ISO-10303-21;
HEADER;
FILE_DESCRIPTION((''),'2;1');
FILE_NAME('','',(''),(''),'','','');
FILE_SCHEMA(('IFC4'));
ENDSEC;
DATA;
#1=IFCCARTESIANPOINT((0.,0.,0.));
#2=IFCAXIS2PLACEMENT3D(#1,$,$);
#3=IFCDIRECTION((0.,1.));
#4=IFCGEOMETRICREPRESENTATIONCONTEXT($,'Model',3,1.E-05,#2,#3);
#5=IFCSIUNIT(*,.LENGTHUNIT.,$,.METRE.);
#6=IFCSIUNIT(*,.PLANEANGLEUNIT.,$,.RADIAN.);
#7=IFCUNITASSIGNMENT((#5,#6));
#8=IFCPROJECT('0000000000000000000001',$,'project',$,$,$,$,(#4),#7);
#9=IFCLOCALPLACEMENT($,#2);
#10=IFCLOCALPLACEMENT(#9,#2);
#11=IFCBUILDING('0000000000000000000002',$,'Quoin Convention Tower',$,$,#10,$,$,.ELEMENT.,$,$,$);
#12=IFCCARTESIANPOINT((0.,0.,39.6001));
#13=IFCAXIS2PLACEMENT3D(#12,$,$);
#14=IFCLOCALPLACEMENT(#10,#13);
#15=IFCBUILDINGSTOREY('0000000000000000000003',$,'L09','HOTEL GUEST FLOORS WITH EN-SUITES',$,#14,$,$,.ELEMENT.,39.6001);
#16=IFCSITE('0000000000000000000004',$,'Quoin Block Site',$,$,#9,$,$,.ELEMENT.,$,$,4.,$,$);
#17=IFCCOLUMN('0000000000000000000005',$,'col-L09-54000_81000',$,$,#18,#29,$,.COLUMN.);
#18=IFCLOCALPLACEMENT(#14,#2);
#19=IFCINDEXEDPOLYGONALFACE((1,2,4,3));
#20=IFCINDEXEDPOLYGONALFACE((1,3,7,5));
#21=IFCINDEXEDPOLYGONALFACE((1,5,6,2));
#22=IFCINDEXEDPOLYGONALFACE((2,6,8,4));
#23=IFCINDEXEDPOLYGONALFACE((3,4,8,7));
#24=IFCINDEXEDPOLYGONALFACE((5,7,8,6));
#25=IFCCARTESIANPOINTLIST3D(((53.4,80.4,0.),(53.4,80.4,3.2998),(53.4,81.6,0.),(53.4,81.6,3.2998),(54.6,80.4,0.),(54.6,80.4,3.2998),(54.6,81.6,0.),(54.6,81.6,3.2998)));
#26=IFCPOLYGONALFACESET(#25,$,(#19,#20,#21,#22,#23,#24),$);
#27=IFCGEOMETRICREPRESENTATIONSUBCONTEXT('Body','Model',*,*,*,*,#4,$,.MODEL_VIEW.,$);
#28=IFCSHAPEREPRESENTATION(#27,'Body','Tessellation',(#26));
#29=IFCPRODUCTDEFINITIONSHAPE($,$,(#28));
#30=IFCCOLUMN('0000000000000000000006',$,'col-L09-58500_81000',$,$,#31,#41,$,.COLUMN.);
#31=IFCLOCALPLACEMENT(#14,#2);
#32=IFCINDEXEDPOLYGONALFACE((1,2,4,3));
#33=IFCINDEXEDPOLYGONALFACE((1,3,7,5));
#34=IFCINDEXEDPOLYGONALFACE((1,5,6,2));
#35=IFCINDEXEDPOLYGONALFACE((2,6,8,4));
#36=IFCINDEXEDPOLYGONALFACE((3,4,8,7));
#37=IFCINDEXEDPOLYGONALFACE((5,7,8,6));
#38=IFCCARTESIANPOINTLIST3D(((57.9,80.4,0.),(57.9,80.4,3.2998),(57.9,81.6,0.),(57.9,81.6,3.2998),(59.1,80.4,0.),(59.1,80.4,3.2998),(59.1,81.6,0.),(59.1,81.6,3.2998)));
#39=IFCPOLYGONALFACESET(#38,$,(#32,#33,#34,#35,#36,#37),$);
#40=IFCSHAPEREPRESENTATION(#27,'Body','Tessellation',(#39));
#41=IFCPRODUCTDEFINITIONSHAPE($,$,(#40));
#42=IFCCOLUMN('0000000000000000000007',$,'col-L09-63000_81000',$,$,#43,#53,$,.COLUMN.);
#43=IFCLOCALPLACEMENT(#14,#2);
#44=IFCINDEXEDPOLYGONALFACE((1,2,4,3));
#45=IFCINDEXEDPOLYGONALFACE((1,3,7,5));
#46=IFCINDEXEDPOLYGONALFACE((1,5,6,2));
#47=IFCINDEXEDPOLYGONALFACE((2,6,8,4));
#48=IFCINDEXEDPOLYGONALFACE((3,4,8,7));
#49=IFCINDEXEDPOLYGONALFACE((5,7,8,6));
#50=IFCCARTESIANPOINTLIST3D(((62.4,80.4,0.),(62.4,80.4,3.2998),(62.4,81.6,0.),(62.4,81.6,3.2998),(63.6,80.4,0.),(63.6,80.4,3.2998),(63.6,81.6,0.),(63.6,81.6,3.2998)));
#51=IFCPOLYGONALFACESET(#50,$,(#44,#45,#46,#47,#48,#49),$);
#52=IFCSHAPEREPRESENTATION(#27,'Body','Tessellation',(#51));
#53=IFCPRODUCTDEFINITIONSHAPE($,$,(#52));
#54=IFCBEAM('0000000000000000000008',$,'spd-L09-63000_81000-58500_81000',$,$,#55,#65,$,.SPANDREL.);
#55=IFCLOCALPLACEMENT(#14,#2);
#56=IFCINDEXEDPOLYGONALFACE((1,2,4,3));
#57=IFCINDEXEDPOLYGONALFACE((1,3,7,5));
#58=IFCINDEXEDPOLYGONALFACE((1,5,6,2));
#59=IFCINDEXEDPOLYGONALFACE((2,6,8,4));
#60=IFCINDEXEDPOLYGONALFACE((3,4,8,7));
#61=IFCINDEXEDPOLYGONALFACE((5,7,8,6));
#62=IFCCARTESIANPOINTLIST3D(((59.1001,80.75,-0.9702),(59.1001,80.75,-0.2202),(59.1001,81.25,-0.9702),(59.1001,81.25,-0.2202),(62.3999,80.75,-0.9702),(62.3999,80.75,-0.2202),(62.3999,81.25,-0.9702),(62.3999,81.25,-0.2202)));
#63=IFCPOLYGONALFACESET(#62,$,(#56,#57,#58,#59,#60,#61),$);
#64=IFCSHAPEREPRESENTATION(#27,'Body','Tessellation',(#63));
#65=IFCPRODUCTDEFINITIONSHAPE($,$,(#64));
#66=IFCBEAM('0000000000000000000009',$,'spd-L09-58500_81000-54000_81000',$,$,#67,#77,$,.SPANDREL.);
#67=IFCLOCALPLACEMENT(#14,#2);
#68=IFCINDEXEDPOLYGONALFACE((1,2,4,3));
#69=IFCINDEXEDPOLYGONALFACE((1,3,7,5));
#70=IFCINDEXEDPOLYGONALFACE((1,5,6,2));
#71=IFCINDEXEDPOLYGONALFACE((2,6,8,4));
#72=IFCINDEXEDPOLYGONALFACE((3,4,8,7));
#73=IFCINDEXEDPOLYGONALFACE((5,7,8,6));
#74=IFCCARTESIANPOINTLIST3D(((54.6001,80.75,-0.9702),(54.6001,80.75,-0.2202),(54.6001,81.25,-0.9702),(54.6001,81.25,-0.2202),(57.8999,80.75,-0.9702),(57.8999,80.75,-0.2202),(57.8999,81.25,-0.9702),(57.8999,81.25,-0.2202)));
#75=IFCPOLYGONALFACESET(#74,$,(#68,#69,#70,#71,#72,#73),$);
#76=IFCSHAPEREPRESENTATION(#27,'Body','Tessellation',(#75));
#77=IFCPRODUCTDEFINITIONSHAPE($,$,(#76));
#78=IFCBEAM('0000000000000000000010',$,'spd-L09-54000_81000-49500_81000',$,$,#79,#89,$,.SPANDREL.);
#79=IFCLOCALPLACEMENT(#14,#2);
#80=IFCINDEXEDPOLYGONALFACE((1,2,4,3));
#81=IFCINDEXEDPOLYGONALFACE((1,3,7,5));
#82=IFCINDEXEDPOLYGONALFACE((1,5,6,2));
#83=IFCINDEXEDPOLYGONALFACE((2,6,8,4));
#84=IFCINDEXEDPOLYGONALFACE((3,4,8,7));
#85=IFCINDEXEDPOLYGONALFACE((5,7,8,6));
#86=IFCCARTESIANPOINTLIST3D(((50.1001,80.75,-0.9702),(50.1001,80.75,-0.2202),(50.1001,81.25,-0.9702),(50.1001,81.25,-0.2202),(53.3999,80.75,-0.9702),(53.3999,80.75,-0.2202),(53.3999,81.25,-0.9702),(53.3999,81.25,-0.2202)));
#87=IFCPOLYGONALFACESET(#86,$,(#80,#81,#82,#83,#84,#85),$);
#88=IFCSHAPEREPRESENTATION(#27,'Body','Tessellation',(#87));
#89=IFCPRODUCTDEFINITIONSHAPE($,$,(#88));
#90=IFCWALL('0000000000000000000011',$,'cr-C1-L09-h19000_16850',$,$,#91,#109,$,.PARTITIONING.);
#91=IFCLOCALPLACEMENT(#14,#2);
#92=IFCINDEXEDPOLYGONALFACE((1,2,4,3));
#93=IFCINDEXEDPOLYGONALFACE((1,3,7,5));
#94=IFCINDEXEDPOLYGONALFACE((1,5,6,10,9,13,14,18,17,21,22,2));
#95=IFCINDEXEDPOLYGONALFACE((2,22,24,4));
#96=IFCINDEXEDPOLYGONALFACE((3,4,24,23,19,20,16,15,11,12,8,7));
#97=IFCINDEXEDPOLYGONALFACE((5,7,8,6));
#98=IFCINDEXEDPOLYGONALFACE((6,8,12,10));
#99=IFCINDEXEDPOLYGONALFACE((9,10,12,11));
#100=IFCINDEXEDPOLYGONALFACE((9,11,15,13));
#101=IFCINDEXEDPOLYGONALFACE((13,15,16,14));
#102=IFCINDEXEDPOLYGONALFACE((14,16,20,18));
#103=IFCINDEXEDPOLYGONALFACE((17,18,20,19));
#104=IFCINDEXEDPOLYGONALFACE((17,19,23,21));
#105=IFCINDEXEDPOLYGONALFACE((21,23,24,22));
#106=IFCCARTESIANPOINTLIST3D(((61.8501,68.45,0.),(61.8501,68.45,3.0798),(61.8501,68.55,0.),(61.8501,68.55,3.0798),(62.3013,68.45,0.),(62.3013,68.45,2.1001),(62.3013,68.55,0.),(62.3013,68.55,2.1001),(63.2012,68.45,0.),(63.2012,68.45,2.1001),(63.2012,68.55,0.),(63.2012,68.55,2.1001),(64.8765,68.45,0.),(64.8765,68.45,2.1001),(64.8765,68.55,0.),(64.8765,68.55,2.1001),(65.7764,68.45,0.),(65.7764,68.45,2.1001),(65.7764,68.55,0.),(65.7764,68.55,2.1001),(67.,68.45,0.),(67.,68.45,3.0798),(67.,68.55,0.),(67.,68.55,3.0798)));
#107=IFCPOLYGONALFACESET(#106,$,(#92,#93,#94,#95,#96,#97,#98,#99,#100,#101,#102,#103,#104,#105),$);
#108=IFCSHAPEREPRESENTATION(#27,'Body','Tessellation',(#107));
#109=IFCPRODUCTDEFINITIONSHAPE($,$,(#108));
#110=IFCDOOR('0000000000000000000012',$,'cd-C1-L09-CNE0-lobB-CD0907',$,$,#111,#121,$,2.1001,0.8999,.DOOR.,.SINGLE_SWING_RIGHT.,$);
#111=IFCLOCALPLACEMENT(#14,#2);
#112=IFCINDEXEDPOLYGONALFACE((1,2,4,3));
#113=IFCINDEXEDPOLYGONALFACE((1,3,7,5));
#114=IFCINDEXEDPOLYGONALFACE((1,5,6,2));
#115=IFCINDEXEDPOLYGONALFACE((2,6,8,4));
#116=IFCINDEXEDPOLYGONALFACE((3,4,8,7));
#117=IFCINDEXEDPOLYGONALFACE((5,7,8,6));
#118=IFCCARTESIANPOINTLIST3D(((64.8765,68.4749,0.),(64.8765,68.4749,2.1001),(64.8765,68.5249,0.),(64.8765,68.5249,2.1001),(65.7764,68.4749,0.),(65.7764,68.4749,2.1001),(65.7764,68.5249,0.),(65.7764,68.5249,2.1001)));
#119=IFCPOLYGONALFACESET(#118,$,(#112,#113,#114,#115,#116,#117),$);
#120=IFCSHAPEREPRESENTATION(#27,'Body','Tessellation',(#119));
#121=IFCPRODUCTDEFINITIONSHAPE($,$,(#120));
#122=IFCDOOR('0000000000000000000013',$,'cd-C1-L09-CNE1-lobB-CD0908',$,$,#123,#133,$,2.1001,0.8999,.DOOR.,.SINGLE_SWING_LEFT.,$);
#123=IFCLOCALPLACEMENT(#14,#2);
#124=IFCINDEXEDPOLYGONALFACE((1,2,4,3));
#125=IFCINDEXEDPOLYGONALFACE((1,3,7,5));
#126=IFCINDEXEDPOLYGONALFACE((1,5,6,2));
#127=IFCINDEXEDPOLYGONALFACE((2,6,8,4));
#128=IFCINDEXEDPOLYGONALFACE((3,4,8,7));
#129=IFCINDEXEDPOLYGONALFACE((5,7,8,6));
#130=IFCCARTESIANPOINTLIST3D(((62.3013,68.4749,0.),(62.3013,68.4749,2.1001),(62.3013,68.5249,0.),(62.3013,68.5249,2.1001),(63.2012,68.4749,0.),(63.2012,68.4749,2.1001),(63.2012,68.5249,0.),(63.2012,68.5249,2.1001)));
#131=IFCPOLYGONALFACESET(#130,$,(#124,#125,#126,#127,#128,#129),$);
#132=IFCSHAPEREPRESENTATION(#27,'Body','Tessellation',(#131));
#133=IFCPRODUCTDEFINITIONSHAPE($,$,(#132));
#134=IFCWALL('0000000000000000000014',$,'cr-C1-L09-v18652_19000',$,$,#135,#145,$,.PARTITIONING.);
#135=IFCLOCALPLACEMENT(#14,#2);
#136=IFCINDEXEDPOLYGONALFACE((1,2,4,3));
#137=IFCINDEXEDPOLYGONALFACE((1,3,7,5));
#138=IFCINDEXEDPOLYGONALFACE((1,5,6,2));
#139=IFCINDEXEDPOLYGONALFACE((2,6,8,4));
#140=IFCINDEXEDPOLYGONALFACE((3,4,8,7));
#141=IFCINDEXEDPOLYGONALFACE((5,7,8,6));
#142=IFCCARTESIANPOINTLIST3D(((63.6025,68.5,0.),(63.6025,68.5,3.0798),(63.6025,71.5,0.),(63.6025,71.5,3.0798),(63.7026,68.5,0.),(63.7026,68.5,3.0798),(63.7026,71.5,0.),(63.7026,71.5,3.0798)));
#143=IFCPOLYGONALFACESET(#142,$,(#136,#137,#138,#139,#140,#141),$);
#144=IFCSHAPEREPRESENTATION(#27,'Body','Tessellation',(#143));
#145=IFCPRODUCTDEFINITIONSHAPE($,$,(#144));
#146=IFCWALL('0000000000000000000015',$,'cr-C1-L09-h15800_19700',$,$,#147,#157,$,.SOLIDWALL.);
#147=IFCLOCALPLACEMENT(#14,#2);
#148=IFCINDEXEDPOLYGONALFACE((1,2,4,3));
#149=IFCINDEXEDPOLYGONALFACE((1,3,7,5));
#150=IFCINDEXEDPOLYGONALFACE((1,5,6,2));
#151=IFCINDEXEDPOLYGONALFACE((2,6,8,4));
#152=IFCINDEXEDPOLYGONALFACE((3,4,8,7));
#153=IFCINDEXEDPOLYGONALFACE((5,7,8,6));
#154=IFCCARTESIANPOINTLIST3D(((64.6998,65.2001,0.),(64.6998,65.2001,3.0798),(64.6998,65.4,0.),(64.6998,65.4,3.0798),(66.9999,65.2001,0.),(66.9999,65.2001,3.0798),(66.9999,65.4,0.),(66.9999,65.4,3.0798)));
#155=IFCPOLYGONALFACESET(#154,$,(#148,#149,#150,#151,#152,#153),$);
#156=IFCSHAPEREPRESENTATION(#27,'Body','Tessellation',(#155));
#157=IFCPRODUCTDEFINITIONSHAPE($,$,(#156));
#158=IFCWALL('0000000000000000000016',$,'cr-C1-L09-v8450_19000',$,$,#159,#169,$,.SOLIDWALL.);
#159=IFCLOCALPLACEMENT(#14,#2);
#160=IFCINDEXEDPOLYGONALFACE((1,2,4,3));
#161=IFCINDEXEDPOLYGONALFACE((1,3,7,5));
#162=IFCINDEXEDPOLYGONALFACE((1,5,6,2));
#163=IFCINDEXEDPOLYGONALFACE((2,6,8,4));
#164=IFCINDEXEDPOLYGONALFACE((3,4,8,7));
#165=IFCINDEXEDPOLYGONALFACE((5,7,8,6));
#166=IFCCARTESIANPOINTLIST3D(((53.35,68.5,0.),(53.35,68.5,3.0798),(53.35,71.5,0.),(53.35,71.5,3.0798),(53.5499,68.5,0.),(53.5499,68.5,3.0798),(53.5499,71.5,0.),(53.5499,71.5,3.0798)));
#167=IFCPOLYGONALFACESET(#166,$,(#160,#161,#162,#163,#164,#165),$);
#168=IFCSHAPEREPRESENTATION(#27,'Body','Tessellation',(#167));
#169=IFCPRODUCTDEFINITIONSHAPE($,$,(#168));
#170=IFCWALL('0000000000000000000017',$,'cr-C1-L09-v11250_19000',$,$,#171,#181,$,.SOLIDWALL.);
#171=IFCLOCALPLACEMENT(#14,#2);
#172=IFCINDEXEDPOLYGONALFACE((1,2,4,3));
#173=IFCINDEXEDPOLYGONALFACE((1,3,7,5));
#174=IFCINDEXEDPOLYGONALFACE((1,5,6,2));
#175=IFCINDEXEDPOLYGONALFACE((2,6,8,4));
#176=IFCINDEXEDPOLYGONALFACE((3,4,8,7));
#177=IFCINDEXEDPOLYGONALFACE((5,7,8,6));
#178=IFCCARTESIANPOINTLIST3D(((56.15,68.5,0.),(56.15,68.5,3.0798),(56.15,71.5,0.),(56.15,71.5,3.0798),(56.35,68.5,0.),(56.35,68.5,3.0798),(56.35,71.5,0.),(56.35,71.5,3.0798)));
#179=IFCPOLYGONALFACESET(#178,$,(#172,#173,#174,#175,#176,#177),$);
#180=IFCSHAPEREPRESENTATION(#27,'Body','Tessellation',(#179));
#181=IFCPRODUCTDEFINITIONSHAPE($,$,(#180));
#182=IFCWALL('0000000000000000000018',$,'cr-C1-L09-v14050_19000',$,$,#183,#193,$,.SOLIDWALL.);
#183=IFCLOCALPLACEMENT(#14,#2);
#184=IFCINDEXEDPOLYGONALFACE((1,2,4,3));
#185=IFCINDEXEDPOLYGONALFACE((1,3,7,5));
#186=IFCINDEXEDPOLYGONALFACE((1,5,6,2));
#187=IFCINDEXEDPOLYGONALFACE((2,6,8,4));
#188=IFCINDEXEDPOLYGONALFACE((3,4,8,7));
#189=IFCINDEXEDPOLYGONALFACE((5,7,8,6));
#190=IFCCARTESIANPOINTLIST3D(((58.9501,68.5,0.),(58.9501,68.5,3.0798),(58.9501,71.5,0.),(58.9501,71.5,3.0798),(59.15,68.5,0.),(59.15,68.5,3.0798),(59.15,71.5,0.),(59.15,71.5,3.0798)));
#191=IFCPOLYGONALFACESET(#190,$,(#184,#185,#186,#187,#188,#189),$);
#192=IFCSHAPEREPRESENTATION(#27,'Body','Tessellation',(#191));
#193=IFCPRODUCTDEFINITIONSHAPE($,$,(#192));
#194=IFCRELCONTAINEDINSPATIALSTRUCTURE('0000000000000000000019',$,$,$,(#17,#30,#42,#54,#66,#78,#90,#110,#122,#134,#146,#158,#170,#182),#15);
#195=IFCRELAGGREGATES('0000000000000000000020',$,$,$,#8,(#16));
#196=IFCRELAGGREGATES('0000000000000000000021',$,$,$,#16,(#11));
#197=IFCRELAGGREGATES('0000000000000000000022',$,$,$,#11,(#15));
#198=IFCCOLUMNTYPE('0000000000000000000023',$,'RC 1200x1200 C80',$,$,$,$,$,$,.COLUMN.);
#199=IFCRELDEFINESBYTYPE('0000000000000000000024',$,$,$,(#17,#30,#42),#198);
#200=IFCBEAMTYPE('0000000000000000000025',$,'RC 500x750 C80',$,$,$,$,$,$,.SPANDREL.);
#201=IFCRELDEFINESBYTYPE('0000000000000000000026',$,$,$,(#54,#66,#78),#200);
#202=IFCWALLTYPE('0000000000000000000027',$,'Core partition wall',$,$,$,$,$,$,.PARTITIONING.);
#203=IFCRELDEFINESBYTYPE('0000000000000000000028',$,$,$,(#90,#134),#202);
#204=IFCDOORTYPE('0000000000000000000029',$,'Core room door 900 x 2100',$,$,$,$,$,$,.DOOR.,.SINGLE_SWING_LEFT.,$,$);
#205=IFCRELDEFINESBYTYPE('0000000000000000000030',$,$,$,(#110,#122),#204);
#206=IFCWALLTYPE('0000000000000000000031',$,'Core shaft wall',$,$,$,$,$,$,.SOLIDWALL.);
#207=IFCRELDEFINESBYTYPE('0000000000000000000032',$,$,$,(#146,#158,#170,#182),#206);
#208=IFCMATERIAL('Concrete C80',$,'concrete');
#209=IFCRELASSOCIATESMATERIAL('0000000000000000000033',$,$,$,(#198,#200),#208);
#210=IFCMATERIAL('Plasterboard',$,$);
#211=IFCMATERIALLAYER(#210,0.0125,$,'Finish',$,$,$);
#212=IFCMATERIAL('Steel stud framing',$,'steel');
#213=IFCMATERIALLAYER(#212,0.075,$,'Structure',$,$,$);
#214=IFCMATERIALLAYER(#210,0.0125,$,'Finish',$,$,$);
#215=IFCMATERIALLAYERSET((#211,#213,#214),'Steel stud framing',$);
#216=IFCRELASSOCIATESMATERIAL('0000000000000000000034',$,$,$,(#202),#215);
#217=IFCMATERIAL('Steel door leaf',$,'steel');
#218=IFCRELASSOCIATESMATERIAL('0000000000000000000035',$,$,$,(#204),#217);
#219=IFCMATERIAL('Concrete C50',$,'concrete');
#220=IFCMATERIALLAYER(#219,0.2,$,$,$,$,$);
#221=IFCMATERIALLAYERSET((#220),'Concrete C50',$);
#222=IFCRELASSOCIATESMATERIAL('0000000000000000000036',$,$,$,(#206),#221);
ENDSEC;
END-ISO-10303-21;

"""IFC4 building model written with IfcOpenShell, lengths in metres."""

from ifc_helpers import new_model, si_unit, direction, frame, frame_2d, origin, origin_2d, place, context, subcontext, project, spatial, rectangle, extrude, material, layer, layer_set, material_profile, profile_set, type_object, element, fill, save


model = new_model("IFC4")

# Units and contexts
model_context = context("Model", 3, precision=1e-05, world=origin(), true_north=direction((0.0, 1.0)))
body_context = subcontext(model_context, "Body", "Model", "MODEL_VIEW")
ifc_project = project(units=[si_unit("LENGTHUNIT", "METRE"), si_unit("PLANEANGLEUNIT", "RADIAN")], contexts=[model_context])

# Site, building, storey
site_placement = place(None, origin())
site = spatial("IfcSite", under=ifc_project, at=site_placement, Name="Quoin Block Site", CompositionType="ELEMENT", RefElevation=4.0)
building_placement = place(site_placement, origin())
building = spatial("IfcBuilding", under=site, at=building_placement, Name="Quoin Convention Tower", CompositionType="ELEMENT")
storey_placement = place(building_placement, frame((0.0, 0.0, 39.6001)))
storey = spatial("IfcBuildingStorey", under=building, at=storey_placement, Name="L09", Description="HOTEL GUEST FLOORS WITH EN-SUITES", CompositionType="ELEMENT", Elevation=39.6001)

# Columns
ifc_material_1 = material(Name="Concrete C80", Category="concrete")
ifc_material_profile_1 = material_profile(ifc_material_1, rectangle(XDim=1.2, YDim=1.2, at=origin_2d()), Name="RC 1200x1200")
ifc_profile_set_1 = profile_set([ifc_material_profile_1], Name="Concrete C80")
column_type = type_object("IfcColumnType", Name="RC 1200x1200 C80", PredefinedType="COLUMN", material=ifc_profile_set_1)
for number, where, z_axis, x_axis, name in (
    (1, (54.0, 81.0, 0.0), (0.0, 0.0, 1.0), (1.0, 0.0, 0.0), "col-L09-54000_81000"),
    (2, (58.5, 81.0, 0.0), (0.0, 0.0, 1.0), (1.0, 0.0, 0.0), "col-L09-58500_81000"),
    (3, (63.0, 81.0, 0.0), (0.0, 0.0, 1.0), (1.0, 0.0, 0.0), "col-L09-63000_81000"),
):
    element("IfcColumn", number, at=place(storey_placement, frame(where, z_axis=z_axis, x_axis=x_axis)), inside=storey, type_object=column_type, Name=name, PredefinedType="COLUMN", context=body_context, shape_type="SweptSolid", body=[
        extrude(rectangle(XDim=1.2, YDim=1.2, at=origin_2d()), origin(), (0.0, 0.0, 1.0), 3.2998),
    ])

# Beams
ifc_material_profile_2 = material_profile(ifc_material_1, rectangle(XDim=0.5, YDim=0.75, at=origin_2d()), Name="RC 500x750")
ifc_profile_set_2 = profile_set([ifc_material_profile_2], Name="Concrete C80")
beam_type = type_object("IfcBeamType", Name="RC 500x750 C80", PredefinedType="SPANDREL", material=ifc_profile_set_2)
for number, where, z_axis, x_axis, name in (
    (4, (62.3999, 81.0, -0.5952), (-1.0, 0.0, 0.0), (0.0, -1.0, 0.0), "spd-L09-63000_81000-58500_81000"),
    (5, (57.8999, 81.0, -0.5952), (-1.0, 0.0, 0.0), (0.0, -1.0, 0.0), "spd-L09-58500_81000-54000_81000"),
    (6, (53.3999, 81.0, -0.5952), (-1.0, 0.0, 0.0), (0.0, -1.0, 0.0), "spd-L09-54000_81000-49500_81000"),
):
    element("IfcBeam", number, at=place(storey_placement, frame(where, z_axis=z_axis, x_axis=x_axis)), inside=storey, type_object=beam_type, Name=name, PredefinedType="SPANDREL", context=body_context, shape_type="SweptSolid", body=[
        extrude(rectangle(XDim=0.5, YDim=0.75, at=origin_2d()), origin(), (0.0, 0.0, 1.0), 3.2998),
    ])

# Wall, openings, doors
ifc_material_2 = material(Name="Plasterboard")
ifc_layer_1 = layer(ifc_material_2, 0.0125, Name="Finish")
ifc_material_3 = material(Name="Steel stud framing", Category="steel")
ifc_layer_2 = layer(ifc_material_3, 0.075, Name="Structure")
ifc_layer_3 = layer(ifc_material_2, 0.0125, Name="Finish")
ifc_layer_set_1 = layer_set([ifc_layer_1, ifc_layer_2, ifc_layer_3], Name="Steel stud framing")
wall_type_1 = type_object("IfcWallType", Name="Core partition wall", PredefinedType="PARTITIONING", material=ifc_layer_set_1)
wall_1_placement = place(storey_placement, frame((61.8501, 68.5, 0.0), z_axis=(0.0, 0.0, 1.0), x_axis=(1.0, 0.0, 0.0)))
wall_1 = element("IfcWall", 7, at=wall_1_placement, inside=storey, type_object=wall_type_1, Name="cr-C1-L09-h19000_16850", PredefinedType="PARTITIONING", context=body_context, shape_type="SweptSolid", body=[
    extrude(rectangle(XDim=5.1499, YDim=0.1001, at=frame_2d((2.575, 0.0))), origin(), (0.0, 0.0, 1.0), 3.0798),
])
opening_1_placement = place(wall_1_placement, frame((3.0264, 0.0, 0.0)))
opening_1 = element("IfcOpeningElement", 8, at=opening_1_placement, cuts=wall_1, PredefinedType="OPENING", context=body_context, shape_type="SweptSolid", body=[
    extrude(rectangle(XDim=0.8999, YDim=2.1001, at=frame_2d((0.45, 1.05))), frame((0.0, 0.0601, 0.0), z_axis=(0.0, -1.0, 0.0), x_axis=(1.0, 0.0, 0.0)), (0.0, 0.0, 1.0), 0.1201),
])
opening_2_placement = place(wall_1_placement, frame((0.4512, 0.0, 0.0)))
opening_2 = element("IfcOpeningElement", 9, at=opening_2_placement, cuts=wall_1, PredefinedType="OPENING", context=body_context, shape_type="SweptSolid", body=[
    extrude(rectangle(XDim=0.8999, YDim=2.1001, at=frame_2d((0.45, 1.05))), frame((0.0, 0.0601, 0.0), z_axis=(0.0, -1.0, 0.0), x_axis=(1.0, 0.0, 0.0)), (0.0, 0.0, 1.0), 0.1201),
])
ifc_material_4 = material(Name="Steel door leaf", Category="steel")
door_type = type_object("IfcDoorType", Name="Core room door 900 x 2100", OperationType="SINGLE_SWING_LEFT", PredefinedType="DOOR", material=ifc_material_4)
door_1_placement = place(opening_1_placement, origin())
door_1 = element("IfcDoor", 10, at=door_1_placement, inside=storey, type_object=door_type, Name="cd-C1-L09-CNE0-lobB-CD0907", OperationType="SINGLE_SWING_RIGHT", OverallHeight=2.1001, OverallWidth=0.8999, PredefinedType="DOOR", context=body_context, shape_type="SweptSolid", body=[
    extrude(rectangle(XDim=0.8999, YDim=2.1001, at=frame_2d((0.45, 1.05))), frame((0.0, 0.0249, 0.0), z_axis=(0.0, -1.0, 0.0), x_axis=(1.0, 0.0, 0.0)), (0.0, 0.0, 1.0), 0.05),
])
fill(opening_1, door_1)
door_2_placement = place(opening_2_placement, origin())
door_2 = element("IfcDoor", 11, at=door_2_placement, inside=storey, type_object=door_type, Name="cd-C1-L09-CNE1-lobB-CD0908", OperationType="SINGLE_SWING_LEFT", OverallHeight=2.1001, OverallWidth=0.8999, PredefinedType="DOOR", context=body_context, shape_type="SweptSolid", body=[
    extrude(rectangle(XDim=0.8999, YDim=2.1001, at=frame_2d((0.45, 1.05))), frame((0.0, 0.0249, 0.0), z_axis=(0.0, -1.0, 0.0), x_axis=(1.0, 0.0, 0.0)), (0.0, 0.0, 1.0), 0.05),
])
fill(opening_2, door_2)

# Walls
wall_2_placement = place(storey_placement, frame((63.6526, 68.5, 0.0), z_axis=(0.0, 0.0, 1.0), x_axis=(0.0, 1.0, 0.0)))
element("IfcWall", 12, at=wall_2_placement, inside=storey, type_object=wall_type_1, Name="cr-C1-L09-v18652_19000", PredefinedType="PARTITIONING", context=body_context, shape_type="SweptSolid", body=[
    extrude(rectangle(XDim=3.0, YDim=0.1001, at=frame_2d((1.5, 0.0))), origin(), (0.0, 0.0, 1.0), 3.0798),
])
ifc_material_5 = material(Name="Concrete C50", Category="concrete")
ifc_layer_4 = layer(ifc_material_5, 0.2)
ifc_layer_set_2 = layer_set([ifc_layer_4], Name="Concrete C50")
wall_type_2 = type_object("IfcWallType", Name="Core shaft wall", PredefinedType="SOLIDWALL", material=ifc_layer_set_2)
wall_3_placement = place(storey_placement, frame((64.7, 65.3, 0.0), z_axis=(0.0, 0.0, 1.0), x_axis=(1.0, 0.0, 0.0)))
element("IfcWall", 13, at=wall_3_placement, inside=storey, type_object=wall_type_2, Name="cr-C1-L09-h15800_19700", PredefinedType="SOLIDWALL", context=body_context, shape_type="SweptSolid", body=[
    extrude(rectangle(XDim=2.3, YDim=0.2, at=frame_2d((1.1499, 0.0))), origin(), (0.0, 0.0, 1.0), 3.0798),
])
for number, where, z_axis, x_axis, name in (
    (14, (53.45, 68.5, 0.0), (0.0, 0.0, 1.0), (0.0, 1.0, 0.0), "cr-C1-L09-v8450_19000"),
    (15, (56.25, 68.5, 0.0), (0.0, 0.0, 1.0), (0.0, 1.0, 0.0), "cr-C1-L09-v11250_19000"),
    (16, (59.05, 68.5, 0.0), (0.0, 0.0, 1.0), (0.0, 1.0, 0.0), "cr-C1-L09-v14050_19000"),
):
    element("IfcWall", number, at=place(storey_placement, frame(where, z_axis=z_axis, x_axis=x_axis)), inside=storey, type_object=wall_type_2, Name=name, PredefinedType="SOLIDWALL", context=body_context, shape_type="SweptSolid", body=[
        extrude(rectangle(XDim=3.0, YDim=0.2, at=frame_2d((1.5, 0.0))), origin(), (0.0, 0.0, 1.0), 3.0798),
    ])

save(model, "model.ifc")
